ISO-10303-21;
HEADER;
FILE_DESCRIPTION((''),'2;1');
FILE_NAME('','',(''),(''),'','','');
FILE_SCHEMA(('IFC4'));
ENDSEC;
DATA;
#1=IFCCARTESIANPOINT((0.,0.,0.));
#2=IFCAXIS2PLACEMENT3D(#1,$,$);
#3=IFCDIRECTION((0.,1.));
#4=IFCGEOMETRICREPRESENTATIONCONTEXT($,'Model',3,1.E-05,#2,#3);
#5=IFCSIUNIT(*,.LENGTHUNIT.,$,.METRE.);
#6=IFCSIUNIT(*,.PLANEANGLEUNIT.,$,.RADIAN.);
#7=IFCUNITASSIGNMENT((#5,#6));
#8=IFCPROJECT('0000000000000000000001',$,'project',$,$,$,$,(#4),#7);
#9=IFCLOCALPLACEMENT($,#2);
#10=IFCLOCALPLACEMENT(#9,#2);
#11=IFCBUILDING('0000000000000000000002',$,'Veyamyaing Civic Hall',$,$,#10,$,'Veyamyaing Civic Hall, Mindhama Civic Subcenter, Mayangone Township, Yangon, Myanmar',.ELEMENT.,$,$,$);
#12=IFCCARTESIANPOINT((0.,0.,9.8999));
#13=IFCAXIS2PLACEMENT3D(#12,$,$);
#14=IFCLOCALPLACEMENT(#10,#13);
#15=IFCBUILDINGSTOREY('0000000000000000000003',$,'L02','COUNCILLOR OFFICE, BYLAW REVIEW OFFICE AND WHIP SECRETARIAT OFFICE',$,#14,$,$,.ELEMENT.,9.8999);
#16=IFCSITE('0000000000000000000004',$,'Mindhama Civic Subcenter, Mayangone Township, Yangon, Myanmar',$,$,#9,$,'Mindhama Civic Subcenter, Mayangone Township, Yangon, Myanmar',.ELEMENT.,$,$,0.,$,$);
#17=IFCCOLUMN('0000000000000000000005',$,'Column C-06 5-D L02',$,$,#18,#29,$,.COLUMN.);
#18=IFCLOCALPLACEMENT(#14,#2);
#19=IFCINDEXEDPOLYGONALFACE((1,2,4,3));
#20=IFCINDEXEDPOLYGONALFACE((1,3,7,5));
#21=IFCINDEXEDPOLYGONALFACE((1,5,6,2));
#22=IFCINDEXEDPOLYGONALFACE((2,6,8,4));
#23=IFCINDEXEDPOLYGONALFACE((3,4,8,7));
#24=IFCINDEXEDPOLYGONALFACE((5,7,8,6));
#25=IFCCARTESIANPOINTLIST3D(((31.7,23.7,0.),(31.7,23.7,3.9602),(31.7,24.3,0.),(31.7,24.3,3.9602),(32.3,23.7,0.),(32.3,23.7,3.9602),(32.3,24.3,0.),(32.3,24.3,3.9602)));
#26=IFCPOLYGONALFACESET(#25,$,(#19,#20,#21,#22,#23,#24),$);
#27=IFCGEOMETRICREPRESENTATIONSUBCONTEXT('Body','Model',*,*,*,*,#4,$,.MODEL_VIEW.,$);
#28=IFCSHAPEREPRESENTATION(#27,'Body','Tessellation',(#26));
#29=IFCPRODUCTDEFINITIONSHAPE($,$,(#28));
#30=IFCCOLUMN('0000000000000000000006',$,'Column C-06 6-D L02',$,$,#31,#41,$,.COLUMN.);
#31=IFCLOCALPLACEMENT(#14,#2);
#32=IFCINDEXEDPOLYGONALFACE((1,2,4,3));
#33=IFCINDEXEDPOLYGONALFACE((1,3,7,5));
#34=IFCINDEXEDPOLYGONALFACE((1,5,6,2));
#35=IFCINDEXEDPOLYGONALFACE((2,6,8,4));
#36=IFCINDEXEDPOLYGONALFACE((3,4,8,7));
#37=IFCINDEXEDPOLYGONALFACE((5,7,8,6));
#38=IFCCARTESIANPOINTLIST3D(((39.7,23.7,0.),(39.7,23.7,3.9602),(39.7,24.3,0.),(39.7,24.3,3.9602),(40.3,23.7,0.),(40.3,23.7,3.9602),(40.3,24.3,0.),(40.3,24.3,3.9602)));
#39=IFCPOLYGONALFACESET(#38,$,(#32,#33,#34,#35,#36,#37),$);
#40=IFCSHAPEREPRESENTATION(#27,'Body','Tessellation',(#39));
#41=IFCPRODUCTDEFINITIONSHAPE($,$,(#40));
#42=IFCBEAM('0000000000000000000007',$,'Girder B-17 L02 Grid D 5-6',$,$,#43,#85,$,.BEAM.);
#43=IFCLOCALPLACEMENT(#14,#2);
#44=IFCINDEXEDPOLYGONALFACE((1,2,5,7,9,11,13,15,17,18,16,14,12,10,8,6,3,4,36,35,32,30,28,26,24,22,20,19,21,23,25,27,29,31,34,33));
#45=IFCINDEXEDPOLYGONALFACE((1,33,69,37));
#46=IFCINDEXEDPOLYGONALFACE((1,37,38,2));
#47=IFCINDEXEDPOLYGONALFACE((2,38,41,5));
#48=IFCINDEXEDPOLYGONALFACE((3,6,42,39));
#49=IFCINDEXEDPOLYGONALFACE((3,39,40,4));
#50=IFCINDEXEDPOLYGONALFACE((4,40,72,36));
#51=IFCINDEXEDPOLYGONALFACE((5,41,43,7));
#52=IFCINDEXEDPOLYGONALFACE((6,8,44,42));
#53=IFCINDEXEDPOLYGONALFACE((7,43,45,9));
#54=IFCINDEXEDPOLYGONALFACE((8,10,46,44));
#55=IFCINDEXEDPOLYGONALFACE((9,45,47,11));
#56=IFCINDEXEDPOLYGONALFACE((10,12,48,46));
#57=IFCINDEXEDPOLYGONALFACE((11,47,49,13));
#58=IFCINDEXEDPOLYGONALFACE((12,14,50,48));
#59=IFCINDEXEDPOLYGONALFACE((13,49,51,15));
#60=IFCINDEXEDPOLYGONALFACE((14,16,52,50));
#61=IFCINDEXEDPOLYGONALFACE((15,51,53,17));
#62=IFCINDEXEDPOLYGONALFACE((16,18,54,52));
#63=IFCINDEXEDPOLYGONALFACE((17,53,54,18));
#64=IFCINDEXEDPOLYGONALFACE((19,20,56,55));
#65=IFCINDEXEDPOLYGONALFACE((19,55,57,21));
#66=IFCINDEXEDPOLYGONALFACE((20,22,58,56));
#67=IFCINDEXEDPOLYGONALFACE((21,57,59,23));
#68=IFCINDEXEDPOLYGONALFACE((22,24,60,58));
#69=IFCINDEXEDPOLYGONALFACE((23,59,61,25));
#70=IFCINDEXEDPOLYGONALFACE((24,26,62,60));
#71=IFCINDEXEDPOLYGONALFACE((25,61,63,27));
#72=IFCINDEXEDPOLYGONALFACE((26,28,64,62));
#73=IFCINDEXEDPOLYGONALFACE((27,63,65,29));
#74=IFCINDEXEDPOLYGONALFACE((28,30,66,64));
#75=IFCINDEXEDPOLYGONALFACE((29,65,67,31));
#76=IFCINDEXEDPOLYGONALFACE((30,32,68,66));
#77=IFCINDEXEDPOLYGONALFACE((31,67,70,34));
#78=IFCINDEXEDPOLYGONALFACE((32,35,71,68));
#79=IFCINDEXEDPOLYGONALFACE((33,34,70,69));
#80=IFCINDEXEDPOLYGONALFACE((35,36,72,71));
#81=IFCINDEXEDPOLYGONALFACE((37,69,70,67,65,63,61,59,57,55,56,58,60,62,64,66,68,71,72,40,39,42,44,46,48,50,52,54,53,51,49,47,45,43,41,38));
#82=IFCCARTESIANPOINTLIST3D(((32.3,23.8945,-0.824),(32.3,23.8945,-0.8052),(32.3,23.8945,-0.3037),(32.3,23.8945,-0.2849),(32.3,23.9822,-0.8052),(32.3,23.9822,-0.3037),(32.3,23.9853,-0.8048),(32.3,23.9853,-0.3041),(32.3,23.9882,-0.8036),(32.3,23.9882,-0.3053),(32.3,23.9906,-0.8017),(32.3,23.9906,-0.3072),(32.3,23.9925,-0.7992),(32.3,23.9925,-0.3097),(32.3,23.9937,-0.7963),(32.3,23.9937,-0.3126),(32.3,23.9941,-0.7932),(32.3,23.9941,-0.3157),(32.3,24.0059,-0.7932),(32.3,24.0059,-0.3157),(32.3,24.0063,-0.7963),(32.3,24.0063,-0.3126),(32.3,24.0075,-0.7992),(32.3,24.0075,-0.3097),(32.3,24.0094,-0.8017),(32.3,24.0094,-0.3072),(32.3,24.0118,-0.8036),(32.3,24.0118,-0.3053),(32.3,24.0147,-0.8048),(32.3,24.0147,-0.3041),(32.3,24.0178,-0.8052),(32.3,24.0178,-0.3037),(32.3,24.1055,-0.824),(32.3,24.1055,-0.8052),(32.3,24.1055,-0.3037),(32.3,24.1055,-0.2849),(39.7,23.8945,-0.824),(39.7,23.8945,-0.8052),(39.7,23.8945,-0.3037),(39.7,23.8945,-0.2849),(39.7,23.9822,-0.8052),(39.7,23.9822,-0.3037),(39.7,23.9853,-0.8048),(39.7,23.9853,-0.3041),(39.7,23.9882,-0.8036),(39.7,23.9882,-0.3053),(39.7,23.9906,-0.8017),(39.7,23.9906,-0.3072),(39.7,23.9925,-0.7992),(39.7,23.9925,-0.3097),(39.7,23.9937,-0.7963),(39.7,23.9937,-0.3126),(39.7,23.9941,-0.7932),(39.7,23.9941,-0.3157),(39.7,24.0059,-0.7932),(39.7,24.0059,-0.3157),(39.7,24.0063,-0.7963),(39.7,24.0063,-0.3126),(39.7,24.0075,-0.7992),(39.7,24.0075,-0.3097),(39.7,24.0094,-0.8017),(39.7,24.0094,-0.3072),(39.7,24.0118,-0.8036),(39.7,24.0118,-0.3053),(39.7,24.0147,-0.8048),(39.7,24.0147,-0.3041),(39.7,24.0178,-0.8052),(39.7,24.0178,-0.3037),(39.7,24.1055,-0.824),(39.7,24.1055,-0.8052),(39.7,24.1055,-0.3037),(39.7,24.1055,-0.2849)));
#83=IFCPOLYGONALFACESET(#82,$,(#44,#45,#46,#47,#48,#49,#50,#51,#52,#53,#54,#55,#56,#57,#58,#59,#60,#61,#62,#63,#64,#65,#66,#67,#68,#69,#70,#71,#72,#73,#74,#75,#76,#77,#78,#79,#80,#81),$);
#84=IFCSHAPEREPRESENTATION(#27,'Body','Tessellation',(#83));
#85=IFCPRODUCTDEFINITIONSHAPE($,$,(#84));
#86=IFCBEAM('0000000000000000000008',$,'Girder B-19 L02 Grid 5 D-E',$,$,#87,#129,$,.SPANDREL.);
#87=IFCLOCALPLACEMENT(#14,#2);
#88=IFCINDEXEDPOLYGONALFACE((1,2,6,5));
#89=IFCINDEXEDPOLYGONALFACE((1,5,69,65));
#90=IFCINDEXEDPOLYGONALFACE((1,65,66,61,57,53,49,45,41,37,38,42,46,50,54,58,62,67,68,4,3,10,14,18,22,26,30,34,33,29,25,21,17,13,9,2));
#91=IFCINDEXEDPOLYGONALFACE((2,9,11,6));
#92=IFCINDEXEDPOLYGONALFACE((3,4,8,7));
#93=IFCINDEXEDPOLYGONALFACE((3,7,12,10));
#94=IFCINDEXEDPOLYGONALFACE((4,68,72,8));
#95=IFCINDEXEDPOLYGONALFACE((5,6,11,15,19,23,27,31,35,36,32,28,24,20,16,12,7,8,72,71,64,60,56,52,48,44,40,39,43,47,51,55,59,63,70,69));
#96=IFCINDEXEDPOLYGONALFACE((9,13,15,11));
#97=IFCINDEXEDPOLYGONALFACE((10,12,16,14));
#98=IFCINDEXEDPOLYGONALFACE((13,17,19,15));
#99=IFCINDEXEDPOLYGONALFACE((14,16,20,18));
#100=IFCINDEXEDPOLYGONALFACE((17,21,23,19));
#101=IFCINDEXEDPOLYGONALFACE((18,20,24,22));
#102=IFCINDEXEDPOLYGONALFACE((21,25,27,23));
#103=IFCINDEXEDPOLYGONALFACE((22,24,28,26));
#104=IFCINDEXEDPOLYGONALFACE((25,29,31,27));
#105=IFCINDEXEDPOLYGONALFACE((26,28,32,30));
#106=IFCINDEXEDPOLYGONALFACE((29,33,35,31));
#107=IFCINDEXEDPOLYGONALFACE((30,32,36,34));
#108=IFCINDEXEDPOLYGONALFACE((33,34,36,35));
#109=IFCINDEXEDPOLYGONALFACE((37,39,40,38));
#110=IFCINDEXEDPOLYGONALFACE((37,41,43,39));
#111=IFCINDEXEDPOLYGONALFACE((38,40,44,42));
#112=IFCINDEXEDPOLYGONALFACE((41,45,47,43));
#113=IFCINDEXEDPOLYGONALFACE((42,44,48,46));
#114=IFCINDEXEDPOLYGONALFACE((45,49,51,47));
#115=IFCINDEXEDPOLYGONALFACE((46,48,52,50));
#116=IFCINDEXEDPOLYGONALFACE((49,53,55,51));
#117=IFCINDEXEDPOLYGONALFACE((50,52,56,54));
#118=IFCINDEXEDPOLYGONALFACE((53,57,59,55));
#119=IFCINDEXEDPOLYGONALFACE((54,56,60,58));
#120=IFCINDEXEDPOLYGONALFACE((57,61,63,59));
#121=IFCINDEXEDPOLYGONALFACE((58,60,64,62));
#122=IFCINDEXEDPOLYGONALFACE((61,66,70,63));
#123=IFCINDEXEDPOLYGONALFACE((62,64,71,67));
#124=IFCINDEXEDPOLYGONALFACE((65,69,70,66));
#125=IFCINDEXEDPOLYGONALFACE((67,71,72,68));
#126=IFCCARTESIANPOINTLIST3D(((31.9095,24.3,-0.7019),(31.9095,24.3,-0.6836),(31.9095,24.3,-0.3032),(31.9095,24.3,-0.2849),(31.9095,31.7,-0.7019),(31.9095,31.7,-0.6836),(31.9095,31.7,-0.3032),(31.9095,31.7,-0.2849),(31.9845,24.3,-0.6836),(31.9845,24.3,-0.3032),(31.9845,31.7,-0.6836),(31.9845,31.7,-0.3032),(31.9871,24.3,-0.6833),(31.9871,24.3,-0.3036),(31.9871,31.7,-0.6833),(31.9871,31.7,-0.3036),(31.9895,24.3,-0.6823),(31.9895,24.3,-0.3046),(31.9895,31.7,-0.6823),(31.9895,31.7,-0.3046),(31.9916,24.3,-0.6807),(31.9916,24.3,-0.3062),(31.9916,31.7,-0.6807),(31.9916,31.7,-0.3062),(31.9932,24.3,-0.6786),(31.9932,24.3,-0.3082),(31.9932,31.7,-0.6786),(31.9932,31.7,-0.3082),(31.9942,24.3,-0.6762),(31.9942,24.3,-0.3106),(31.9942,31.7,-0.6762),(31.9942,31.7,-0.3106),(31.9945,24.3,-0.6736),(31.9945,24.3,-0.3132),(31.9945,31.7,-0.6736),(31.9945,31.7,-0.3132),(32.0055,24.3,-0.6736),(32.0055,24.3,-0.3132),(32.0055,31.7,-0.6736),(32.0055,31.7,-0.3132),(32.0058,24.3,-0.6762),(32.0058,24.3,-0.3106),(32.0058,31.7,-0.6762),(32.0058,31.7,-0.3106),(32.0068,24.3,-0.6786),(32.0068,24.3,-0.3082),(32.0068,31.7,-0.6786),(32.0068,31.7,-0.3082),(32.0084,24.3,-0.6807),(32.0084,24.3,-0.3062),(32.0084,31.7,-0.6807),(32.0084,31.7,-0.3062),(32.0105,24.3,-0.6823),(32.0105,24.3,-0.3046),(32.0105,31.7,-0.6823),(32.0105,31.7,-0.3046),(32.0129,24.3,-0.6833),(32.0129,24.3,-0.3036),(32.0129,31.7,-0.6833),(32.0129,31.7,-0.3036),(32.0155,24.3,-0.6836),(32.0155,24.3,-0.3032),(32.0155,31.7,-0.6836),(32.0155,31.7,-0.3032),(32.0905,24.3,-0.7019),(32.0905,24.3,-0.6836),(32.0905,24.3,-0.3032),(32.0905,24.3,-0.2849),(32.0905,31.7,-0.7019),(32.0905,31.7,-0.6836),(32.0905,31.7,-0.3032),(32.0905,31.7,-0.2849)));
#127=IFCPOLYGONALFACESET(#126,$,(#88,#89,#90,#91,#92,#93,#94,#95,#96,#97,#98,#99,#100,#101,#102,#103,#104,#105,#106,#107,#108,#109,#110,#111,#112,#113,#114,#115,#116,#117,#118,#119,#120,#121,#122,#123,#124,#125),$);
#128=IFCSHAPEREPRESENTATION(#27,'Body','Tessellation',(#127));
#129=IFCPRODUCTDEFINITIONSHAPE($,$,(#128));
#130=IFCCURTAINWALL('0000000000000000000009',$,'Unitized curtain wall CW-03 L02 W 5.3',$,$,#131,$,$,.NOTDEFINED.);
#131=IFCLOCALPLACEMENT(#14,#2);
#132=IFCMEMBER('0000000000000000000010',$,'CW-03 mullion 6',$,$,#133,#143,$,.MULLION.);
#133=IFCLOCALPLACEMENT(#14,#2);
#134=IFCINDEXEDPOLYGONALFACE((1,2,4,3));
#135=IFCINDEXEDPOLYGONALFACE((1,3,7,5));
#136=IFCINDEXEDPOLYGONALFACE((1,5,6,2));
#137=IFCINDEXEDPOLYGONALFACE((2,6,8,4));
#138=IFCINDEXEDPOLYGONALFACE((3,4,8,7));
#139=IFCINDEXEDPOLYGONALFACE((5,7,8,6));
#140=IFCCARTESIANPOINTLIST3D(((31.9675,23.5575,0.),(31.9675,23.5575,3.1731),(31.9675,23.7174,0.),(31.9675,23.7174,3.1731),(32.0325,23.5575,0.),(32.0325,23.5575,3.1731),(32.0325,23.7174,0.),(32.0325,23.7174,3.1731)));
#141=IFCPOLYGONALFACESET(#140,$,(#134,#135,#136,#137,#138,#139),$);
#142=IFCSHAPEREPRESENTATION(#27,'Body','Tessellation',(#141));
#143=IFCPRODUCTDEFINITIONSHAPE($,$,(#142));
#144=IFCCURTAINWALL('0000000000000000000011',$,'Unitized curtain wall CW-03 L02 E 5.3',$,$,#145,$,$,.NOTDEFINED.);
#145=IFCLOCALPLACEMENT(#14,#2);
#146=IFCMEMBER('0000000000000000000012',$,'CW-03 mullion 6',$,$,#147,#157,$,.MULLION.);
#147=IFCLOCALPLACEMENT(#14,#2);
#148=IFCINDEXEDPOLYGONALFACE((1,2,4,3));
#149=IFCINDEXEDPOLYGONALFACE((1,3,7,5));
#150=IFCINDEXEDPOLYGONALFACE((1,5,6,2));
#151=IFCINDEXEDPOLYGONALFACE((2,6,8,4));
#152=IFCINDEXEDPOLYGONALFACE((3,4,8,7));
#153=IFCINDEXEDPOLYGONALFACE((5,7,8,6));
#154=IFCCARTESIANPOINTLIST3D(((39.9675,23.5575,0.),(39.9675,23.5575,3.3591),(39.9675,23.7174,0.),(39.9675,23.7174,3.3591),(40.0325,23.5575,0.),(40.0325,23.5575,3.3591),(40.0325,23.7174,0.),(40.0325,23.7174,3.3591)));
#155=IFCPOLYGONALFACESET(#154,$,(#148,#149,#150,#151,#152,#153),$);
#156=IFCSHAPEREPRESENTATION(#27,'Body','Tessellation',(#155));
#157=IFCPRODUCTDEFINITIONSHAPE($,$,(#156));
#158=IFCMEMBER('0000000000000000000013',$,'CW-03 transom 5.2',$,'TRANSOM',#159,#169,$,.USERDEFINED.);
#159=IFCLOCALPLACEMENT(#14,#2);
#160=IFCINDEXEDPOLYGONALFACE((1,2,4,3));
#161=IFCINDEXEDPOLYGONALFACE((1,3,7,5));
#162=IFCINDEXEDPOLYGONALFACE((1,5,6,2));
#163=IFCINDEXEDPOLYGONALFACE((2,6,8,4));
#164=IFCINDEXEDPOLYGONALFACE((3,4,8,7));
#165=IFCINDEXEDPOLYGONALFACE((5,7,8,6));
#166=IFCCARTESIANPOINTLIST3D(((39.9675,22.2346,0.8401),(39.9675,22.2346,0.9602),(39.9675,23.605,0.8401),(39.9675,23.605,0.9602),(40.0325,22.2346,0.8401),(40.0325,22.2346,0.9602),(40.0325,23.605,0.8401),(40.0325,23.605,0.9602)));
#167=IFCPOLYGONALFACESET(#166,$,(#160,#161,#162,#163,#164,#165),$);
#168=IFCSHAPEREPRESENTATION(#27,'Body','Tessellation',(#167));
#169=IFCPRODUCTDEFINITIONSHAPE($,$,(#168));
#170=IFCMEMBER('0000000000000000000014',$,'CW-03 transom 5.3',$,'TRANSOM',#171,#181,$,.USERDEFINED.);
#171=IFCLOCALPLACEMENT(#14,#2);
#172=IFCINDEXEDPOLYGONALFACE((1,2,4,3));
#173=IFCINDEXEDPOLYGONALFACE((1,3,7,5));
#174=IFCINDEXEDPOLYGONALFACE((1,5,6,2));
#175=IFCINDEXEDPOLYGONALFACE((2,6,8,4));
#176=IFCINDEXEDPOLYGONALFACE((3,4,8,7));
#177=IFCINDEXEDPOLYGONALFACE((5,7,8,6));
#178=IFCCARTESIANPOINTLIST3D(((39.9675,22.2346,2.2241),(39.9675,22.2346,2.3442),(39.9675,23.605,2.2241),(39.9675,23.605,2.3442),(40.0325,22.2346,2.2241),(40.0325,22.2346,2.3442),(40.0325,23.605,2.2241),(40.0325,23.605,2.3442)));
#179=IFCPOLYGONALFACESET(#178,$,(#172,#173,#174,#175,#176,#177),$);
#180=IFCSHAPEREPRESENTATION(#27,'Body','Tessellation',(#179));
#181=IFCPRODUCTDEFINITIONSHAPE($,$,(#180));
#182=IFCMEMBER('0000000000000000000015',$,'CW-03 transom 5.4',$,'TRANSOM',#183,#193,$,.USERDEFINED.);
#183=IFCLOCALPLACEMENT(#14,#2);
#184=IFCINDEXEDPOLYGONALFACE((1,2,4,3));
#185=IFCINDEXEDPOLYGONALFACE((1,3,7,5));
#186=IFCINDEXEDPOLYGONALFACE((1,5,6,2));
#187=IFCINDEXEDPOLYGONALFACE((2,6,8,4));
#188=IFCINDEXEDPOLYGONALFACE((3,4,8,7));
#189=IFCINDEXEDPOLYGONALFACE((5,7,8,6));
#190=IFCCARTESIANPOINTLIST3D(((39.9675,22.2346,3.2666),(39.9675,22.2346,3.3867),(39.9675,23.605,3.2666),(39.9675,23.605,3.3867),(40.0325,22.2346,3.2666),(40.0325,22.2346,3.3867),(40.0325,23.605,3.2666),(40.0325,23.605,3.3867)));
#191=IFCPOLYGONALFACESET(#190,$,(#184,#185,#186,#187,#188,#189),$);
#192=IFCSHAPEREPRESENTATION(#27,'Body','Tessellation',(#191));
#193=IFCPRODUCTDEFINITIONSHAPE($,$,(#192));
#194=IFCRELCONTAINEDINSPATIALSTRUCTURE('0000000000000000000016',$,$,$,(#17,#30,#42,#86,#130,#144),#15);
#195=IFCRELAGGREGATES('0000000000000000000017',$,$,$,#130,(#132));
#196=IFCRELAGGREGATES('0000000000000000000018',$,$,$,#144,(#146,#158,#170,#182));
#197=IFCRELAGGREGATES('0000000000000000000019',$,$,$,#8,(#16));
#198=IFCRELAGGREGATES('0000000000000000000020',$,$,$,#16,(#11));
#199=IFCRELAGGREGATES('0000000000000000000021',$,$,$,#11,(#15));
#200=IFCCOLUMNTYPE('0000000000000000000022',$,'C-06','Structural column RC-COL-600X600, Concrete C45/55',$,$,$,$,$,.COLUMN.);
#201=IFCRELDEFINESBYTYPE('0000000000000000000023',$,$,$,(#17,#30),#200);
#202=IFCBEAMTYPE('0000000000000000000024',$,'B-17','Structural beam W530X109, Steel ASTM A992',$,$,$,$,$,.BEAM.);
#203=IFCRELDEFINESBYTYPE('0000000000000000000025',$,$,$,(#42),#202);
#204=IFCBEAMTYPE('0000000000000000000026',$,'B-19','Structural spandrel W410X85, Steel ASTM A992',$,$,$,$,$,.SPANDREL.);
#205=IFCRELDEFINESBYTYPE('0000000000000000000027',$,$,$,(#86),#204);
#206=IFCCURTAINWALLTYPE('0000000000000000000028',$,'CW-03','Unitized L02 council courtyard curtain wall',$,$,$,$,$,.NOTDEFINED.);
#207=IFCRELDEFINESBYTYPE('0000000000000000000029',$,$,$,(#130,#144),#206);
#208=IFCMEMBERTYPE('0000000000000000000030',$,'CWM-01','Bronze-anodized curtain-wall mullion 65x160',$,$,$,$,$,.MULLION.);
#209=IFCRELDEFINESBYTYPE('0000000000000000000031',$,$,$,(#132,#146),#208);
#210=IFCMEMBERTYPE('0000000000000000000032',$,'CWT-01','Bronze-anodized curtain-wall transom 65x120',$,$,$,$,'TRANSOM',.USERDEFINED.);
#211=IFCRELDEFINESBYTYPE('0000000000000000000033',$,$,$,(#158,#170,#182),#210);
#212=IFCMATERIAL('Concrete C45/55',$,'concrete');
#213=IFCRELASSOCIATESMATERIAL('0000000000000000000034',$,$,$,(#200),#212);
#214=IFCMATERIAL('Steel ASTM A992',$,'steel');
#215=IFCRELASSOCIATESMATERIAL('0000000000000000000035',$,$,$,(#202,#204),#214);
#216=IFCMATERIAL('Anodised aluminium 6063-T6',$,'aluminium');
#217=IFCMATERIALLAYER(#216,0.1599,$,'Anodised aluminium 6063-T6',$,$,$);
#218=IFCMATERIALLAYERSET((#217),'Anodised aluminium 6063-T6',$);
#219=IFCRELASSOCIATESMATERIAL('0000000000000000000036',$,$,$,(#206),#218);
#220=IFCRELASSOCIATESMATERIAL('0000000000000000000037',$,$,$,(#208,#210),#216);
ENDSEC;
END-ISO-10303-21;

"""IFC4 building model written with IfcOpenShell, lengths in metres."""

from ifc_helpers import new_model, si_unit, direction, frame, origin, origin_2d, place, context, subcontext, project, spatial, rectangle, i_section, extrude, material, layer, layer_set, material_profile, profile_set, type_object, element, aggregate, save


model = new_model("IFC4")

# Units and contexts
model_context = context("Model", 3, precision=1e-05, world=origin(), true_north=direction((0.0, 1.0)))
body_context = subcontext(model_context, "Body", "Model", "MODEL_VIEW")
ifc_project = project(units=[si_unit("LENGTHUNIT", "METRE"), si_unit("PLANEANGLEUNIT", "RADIAN")], contexts=[model_context])

# Site, building, storey
site_placement = place(None, origin())
site = spatial("IfcSite", under=ifc_project, at=site_placement, Name="Mindhama Civic Subcenter, Mayangone Township, Yangon, Myanmar", LongName="Mindhama Civic Subcenter, Mayangone Township, Yangon, Myanmar", CompositionType="ELEMENT", RefElevation=0.0)
building_placement = place(site_placement, origin())
building = spatial("IfcBuilding", under=site, at=building_placement, Name="Veyamyaing Civic Hall", LongName="Veyamyaing Civic Hall, Mindhama Civic Subcenter, Mayangone Township, Yangon, Myanmar", CompositionType="ELEMENT")
storey_placement = place(building_placement, frame((0.0, 0.0, 9.8999)))
storey = spatial("IfcBuildingStorey", under=building, at=storey_placement, Name="L02", Description="COUNCILLOR OFFICE, BYLAW REVIEW OFFICE AND WHIP SECRETARIAT OFFICE", CompositionType="ELEMENT", Elevation=9.8999)

# Columns
ifc_material_1 = material(Name="Concrete C45/55", Category="concrete")
ifc_material_profile_1 = material_profile(ifc_material_1, rectangle(XDim=0.6001, YDim=0.6001, at=origin_2d()), Name="RC-COL-600X600")
ifc_profile_set_1 = profile_set([ifc_material_profile_1], Name="Concrete C45/55")
column_type = type_object("IfcColumnType", Name="C-06", Description="Structural column RC-COL-600X600, Concrete C45/55", PredefinedType="COLUMN", material=ifc_profile_set_1)
for number, where, z_axis, x_axis, name in (
    (1, (32.0, 24.0, 0.0), (0.0, 0.0, 1.0), (1.0, 0.0, 0.0), "Column C-06 5-D L02"),
    (2, (40.0, 24.0, 0.0), (0.0, 0.0, 1.0), (1.0, 0.0, 0.0), "Column C-06 6-D L02"),
):
    element("IfcColumn", number, at=place(storey_placement, frame(where, z_axis=z_axis, x_axis=x_axis)), inside=storey, type_object=column_type, Name=name, PredefinedType="COLUMN", context=body_context, shape_type="SweptSolid", body=[
        extrude(rectangle(XDim=0.6001, YDim=0.6001, at=origin_2d()), origin(), (0.0, 0.0, 1.0), 3.9602),
    ])

# Beams
ifc_material_2 = material(Name="Steel ASTM A992", Category="steel")
ifc_material_profile_2 = material_profile(ifc_material_2, i_section(OverallWidth=0.2109, OverallDepth=0.5391, WebThickness=0.0117, FlangeThickness=0.0188, FilletRadius=0.012, at=origin_2d()), Name="W530X109")
ifc_profile_set_2 = profile_set([ifc_material_profile_2], Name="Steel ASTM A992")
beam_type_1 = type_object("IfcBeamType", Name="B-17", Description="Structural beam W530X109, Steel ASTM A992", PredefinedType="BEAM", material=ifc_profile_set_2)
beam_1_placement = place(storey_placement, frame((32.3, 24.0, -0.5544), z_axis=(1.0, 0.0, 0.0), x_axis=(0.0, 1.0, 0.0)))
element("IfcBeam", 3, at=beam_1_placement, inside=storey, type_object=beam_type_1, Name="Girder B-17 L02 Grid D 5-6", PredefinedType="BEAM", context=body_context, shape_type="SweptSolid", body=[
    extrude(i_section(OverallWidth=0.2109, OverallDepth=0.5391, WebThickness=0.0117, FlangeThickness=0.0188, FilletRadius=0.012, at=origin_2d()), origin(), (0.0, 0.0, 1.0), 7.3999),
])
ifc_material_profile_3 = material_profile(ifc_material_2, i_section(OverallWidth=0.1809, OverallDepth=0.417, WebThickness=0.011, FlangeThickness=0.0183, FilletRadius=0.01, at=origin_2d()), Name="W410X85")
ifc_profile_set_3 = profile_set([ifc_material_profile_3], Name="Steel ASTM A992")
beam_type_2 = type_object("IfcBeamType", Name="B-19", Description="Structural spandrel W410X85, Steel ASTM A992", PredefinedType="SPANDREL", material=ifc_profile_set_3)
beam_2_placement = place(storey_placement, frame((32.0, 24.3, -0.4934), z_axis=(0.0, 1.0, 0.0), x_axis=(-1.0, 0.0, 0.0)))
element("IfcBeam", 4, at=beam_2_placement, inside=storey, type_object=beam_type_2, Name="Girder B-19 L02 Grid 5 D-E", PredefinedType="SPANDREL", context=body_context, shape_type="SweptSolid", body=[
    extrude(i_section(OverallWidth=0.1809, OverallDepth=0.417, WebThickness=0.011, FlangeThickness=0.0183, FilletRadius=0.01, at=origin_2d()), origin(), (0.0, 0.0, 1.0), 7.3999),
])

# Curtain wall, member
ifc_material_3 = material(Name="Anodised aluminium 6063-T6", Category="aluminium")
ifc_layer_1 = layer(ifc_material_3, 0.1599, Name="Anodised aluminium 6063-T6")
ifc_layer_set_1 = layer_set([ifc_layer_1], Name="Anodised aluminium 6063-T6")
curtain_wall_type = type_object("IfcCurtainWallType", Name="CW-03", Description="Unitized L02 council courtyard curtain wall", PredefinedType="NOTDEFINED", material=ifc_layer_set_1)
curtain_wall_1_placement = place(storey_placement, origin())
curtain_wall_1 = element("IfcCurtainWall", 5, at=curtain_wall_1_placement, inside=storey, type_object=curtain_wall_type, Name="Unitized curtain wall CW-03 L02 W 5.3", PredefinedType="NOTDEFINED")
ifc_material_profile_4 = material_profile(ifc_material_3, rectangle(XDim=0.0649, YDim=0.1599, at=origin_2d()), Name="ALU-MUL-65X160")
ifc_profile_set_4 = profile_set([ifc_material_profile_4], Name="Anodised aluminium 6063-T6")
member_type_1 = type_object("IfcMemberType", Name="CWM-01", Description="Bronze-anodized curtain-wall mullion 65x160", PredefinedType="MULLION", material=ifc_profile_set_4)
member_1_placement = place(storey_placement, frame((32.0, 23.6375, 0.0), z_axis=(0.0, 0.0, 1.0), x_axis=(-1.0, 0.0, 0.0)))
member_1 = element("IfcMember", 6, at=member_1_placement, type_object=member_type_1, Name="CW-03 mullion 6", PredefinedType="MULLION", context=body_context, shape_type="SweptSolid", body=[
    extrude(rectangle(XDim=0.0649, YDim=0.1599, at=origin_2d()), origin(), (0.0, 0.0, 1.0), 3.1731),
])

# Curtain wall, members
curtain_wall_2_placement = place(storey_placement, origin())
curtain_wall_2 = element("IfcCurtainWall", 7, at=curtain_wall_2_placement, inside=storey, type_object=curtain_wall_type, Name="Unitized curtain wall CW-03 L02 E 5.3", PredefinedType="NOTDEFINED")
member_2_placement = place(storey_placement, frame((40.0, 23.6375, 0.0), z_axis=(0.0, 0.0, 1.0), x_axis=(-1.0, 0.0, 0.0)))
member_2 = element("IfcMember", 8, at=member_2_placement, type_object=member_type_1, Name="CW-03 mullion 6", PredefinedType="MULLION", context=body_context, shape_type="SweptSolid", body=[
    extrude(rectangle(XDim=0.0649, YDim=0.1599, at=origin_2d()), origin(), (0.0, 0.0, 1.0), 3.3591),
])
ifc_material_profile_5 = material_profile(ifc_material_3, rectangle(XDim=0.0649, YDim=0.1201, at=origin_2d()), Name="ALU-TRN-65X120")
ifc_profile_set_5 = profile_set([ifc_material_profile_5], Name="Anodised aluminium 6063-T6")
member_type_2 = type_object("IfcMemberType", Name="CWT-01", Description="Bronze-anodized curtain-wall transom 65x120", ElementType="TRANSOM", PredefinedType="USERDEFINED", material=ifc_profile_set_5)
member_3_placement = place(storey_placement, frame((40.0, 22.2346, 0.9001), z_axis=(0.0, 1.0, 0.0), x_axis=(-1.0, 0.0, 0.0)))
member_3 = element("IfcMember", 9, at=member_3_placement, type_object=member_type_2, Name="CW-03 transom 5.2", ObjectType="TRANSOM", PredefinedType="USERDEFINED", context=body_context, shape_type="SweptSolid", body=[
    extrude(rectangle(XDim=0.0649, YDim=0.1201, at=origin_2d()), origin(), (0.0, 0.0, 1.0), 1.3704),
])
member_4_placement = place(storey_placement, frame((40.0, 22.2346, 2.2842), z_axis=(0.0, 1.0, 0.0), x_axis=(-1.0, 0.0, 0.0)))
member_4 = element("IfcMember", 10, at=member_4_placement, type_object=member_type_2, Name="CW-03 transom 5.3", ObjectType="TRANSOM", PredefinedType="USERDEFINED", context=body_context, shape_type="SweptSolid", body=[
    extrude(rectangle(XDim=0.0649, YDim=0.1201, at=origin_2d()), origin(), (0.0, 0.0, 1.0), 1.3704),
])
member_5_placement = place(storey_placement, frame((40.0, 22.2346, 3.3267), z_axis=(0.0, 1.0, 0.0), x_axis=(-1.0, 0.0, 0.0)))
member_5 = element("IfcMember", 11, at=member_5_placement, type_object=member_type_2, Name="CW-03 transom 5.4", ObjectType="TRANSOM", PredefinedType="USERDEFINED", context=body_context, shape_type="SweptSolid", body=[
    extrude(rectangle(XDim=0.0649, YDim=0.1201, at=origin_2d()), origin(), (0.0, 0.0, 1.0), 1.3704),
])

aggregate(curtain_wall_1, [member_1])
aggregate(curtain_wall_2, [member_2, member_3, member_4, member_5])

save(model, "model.ifc")
